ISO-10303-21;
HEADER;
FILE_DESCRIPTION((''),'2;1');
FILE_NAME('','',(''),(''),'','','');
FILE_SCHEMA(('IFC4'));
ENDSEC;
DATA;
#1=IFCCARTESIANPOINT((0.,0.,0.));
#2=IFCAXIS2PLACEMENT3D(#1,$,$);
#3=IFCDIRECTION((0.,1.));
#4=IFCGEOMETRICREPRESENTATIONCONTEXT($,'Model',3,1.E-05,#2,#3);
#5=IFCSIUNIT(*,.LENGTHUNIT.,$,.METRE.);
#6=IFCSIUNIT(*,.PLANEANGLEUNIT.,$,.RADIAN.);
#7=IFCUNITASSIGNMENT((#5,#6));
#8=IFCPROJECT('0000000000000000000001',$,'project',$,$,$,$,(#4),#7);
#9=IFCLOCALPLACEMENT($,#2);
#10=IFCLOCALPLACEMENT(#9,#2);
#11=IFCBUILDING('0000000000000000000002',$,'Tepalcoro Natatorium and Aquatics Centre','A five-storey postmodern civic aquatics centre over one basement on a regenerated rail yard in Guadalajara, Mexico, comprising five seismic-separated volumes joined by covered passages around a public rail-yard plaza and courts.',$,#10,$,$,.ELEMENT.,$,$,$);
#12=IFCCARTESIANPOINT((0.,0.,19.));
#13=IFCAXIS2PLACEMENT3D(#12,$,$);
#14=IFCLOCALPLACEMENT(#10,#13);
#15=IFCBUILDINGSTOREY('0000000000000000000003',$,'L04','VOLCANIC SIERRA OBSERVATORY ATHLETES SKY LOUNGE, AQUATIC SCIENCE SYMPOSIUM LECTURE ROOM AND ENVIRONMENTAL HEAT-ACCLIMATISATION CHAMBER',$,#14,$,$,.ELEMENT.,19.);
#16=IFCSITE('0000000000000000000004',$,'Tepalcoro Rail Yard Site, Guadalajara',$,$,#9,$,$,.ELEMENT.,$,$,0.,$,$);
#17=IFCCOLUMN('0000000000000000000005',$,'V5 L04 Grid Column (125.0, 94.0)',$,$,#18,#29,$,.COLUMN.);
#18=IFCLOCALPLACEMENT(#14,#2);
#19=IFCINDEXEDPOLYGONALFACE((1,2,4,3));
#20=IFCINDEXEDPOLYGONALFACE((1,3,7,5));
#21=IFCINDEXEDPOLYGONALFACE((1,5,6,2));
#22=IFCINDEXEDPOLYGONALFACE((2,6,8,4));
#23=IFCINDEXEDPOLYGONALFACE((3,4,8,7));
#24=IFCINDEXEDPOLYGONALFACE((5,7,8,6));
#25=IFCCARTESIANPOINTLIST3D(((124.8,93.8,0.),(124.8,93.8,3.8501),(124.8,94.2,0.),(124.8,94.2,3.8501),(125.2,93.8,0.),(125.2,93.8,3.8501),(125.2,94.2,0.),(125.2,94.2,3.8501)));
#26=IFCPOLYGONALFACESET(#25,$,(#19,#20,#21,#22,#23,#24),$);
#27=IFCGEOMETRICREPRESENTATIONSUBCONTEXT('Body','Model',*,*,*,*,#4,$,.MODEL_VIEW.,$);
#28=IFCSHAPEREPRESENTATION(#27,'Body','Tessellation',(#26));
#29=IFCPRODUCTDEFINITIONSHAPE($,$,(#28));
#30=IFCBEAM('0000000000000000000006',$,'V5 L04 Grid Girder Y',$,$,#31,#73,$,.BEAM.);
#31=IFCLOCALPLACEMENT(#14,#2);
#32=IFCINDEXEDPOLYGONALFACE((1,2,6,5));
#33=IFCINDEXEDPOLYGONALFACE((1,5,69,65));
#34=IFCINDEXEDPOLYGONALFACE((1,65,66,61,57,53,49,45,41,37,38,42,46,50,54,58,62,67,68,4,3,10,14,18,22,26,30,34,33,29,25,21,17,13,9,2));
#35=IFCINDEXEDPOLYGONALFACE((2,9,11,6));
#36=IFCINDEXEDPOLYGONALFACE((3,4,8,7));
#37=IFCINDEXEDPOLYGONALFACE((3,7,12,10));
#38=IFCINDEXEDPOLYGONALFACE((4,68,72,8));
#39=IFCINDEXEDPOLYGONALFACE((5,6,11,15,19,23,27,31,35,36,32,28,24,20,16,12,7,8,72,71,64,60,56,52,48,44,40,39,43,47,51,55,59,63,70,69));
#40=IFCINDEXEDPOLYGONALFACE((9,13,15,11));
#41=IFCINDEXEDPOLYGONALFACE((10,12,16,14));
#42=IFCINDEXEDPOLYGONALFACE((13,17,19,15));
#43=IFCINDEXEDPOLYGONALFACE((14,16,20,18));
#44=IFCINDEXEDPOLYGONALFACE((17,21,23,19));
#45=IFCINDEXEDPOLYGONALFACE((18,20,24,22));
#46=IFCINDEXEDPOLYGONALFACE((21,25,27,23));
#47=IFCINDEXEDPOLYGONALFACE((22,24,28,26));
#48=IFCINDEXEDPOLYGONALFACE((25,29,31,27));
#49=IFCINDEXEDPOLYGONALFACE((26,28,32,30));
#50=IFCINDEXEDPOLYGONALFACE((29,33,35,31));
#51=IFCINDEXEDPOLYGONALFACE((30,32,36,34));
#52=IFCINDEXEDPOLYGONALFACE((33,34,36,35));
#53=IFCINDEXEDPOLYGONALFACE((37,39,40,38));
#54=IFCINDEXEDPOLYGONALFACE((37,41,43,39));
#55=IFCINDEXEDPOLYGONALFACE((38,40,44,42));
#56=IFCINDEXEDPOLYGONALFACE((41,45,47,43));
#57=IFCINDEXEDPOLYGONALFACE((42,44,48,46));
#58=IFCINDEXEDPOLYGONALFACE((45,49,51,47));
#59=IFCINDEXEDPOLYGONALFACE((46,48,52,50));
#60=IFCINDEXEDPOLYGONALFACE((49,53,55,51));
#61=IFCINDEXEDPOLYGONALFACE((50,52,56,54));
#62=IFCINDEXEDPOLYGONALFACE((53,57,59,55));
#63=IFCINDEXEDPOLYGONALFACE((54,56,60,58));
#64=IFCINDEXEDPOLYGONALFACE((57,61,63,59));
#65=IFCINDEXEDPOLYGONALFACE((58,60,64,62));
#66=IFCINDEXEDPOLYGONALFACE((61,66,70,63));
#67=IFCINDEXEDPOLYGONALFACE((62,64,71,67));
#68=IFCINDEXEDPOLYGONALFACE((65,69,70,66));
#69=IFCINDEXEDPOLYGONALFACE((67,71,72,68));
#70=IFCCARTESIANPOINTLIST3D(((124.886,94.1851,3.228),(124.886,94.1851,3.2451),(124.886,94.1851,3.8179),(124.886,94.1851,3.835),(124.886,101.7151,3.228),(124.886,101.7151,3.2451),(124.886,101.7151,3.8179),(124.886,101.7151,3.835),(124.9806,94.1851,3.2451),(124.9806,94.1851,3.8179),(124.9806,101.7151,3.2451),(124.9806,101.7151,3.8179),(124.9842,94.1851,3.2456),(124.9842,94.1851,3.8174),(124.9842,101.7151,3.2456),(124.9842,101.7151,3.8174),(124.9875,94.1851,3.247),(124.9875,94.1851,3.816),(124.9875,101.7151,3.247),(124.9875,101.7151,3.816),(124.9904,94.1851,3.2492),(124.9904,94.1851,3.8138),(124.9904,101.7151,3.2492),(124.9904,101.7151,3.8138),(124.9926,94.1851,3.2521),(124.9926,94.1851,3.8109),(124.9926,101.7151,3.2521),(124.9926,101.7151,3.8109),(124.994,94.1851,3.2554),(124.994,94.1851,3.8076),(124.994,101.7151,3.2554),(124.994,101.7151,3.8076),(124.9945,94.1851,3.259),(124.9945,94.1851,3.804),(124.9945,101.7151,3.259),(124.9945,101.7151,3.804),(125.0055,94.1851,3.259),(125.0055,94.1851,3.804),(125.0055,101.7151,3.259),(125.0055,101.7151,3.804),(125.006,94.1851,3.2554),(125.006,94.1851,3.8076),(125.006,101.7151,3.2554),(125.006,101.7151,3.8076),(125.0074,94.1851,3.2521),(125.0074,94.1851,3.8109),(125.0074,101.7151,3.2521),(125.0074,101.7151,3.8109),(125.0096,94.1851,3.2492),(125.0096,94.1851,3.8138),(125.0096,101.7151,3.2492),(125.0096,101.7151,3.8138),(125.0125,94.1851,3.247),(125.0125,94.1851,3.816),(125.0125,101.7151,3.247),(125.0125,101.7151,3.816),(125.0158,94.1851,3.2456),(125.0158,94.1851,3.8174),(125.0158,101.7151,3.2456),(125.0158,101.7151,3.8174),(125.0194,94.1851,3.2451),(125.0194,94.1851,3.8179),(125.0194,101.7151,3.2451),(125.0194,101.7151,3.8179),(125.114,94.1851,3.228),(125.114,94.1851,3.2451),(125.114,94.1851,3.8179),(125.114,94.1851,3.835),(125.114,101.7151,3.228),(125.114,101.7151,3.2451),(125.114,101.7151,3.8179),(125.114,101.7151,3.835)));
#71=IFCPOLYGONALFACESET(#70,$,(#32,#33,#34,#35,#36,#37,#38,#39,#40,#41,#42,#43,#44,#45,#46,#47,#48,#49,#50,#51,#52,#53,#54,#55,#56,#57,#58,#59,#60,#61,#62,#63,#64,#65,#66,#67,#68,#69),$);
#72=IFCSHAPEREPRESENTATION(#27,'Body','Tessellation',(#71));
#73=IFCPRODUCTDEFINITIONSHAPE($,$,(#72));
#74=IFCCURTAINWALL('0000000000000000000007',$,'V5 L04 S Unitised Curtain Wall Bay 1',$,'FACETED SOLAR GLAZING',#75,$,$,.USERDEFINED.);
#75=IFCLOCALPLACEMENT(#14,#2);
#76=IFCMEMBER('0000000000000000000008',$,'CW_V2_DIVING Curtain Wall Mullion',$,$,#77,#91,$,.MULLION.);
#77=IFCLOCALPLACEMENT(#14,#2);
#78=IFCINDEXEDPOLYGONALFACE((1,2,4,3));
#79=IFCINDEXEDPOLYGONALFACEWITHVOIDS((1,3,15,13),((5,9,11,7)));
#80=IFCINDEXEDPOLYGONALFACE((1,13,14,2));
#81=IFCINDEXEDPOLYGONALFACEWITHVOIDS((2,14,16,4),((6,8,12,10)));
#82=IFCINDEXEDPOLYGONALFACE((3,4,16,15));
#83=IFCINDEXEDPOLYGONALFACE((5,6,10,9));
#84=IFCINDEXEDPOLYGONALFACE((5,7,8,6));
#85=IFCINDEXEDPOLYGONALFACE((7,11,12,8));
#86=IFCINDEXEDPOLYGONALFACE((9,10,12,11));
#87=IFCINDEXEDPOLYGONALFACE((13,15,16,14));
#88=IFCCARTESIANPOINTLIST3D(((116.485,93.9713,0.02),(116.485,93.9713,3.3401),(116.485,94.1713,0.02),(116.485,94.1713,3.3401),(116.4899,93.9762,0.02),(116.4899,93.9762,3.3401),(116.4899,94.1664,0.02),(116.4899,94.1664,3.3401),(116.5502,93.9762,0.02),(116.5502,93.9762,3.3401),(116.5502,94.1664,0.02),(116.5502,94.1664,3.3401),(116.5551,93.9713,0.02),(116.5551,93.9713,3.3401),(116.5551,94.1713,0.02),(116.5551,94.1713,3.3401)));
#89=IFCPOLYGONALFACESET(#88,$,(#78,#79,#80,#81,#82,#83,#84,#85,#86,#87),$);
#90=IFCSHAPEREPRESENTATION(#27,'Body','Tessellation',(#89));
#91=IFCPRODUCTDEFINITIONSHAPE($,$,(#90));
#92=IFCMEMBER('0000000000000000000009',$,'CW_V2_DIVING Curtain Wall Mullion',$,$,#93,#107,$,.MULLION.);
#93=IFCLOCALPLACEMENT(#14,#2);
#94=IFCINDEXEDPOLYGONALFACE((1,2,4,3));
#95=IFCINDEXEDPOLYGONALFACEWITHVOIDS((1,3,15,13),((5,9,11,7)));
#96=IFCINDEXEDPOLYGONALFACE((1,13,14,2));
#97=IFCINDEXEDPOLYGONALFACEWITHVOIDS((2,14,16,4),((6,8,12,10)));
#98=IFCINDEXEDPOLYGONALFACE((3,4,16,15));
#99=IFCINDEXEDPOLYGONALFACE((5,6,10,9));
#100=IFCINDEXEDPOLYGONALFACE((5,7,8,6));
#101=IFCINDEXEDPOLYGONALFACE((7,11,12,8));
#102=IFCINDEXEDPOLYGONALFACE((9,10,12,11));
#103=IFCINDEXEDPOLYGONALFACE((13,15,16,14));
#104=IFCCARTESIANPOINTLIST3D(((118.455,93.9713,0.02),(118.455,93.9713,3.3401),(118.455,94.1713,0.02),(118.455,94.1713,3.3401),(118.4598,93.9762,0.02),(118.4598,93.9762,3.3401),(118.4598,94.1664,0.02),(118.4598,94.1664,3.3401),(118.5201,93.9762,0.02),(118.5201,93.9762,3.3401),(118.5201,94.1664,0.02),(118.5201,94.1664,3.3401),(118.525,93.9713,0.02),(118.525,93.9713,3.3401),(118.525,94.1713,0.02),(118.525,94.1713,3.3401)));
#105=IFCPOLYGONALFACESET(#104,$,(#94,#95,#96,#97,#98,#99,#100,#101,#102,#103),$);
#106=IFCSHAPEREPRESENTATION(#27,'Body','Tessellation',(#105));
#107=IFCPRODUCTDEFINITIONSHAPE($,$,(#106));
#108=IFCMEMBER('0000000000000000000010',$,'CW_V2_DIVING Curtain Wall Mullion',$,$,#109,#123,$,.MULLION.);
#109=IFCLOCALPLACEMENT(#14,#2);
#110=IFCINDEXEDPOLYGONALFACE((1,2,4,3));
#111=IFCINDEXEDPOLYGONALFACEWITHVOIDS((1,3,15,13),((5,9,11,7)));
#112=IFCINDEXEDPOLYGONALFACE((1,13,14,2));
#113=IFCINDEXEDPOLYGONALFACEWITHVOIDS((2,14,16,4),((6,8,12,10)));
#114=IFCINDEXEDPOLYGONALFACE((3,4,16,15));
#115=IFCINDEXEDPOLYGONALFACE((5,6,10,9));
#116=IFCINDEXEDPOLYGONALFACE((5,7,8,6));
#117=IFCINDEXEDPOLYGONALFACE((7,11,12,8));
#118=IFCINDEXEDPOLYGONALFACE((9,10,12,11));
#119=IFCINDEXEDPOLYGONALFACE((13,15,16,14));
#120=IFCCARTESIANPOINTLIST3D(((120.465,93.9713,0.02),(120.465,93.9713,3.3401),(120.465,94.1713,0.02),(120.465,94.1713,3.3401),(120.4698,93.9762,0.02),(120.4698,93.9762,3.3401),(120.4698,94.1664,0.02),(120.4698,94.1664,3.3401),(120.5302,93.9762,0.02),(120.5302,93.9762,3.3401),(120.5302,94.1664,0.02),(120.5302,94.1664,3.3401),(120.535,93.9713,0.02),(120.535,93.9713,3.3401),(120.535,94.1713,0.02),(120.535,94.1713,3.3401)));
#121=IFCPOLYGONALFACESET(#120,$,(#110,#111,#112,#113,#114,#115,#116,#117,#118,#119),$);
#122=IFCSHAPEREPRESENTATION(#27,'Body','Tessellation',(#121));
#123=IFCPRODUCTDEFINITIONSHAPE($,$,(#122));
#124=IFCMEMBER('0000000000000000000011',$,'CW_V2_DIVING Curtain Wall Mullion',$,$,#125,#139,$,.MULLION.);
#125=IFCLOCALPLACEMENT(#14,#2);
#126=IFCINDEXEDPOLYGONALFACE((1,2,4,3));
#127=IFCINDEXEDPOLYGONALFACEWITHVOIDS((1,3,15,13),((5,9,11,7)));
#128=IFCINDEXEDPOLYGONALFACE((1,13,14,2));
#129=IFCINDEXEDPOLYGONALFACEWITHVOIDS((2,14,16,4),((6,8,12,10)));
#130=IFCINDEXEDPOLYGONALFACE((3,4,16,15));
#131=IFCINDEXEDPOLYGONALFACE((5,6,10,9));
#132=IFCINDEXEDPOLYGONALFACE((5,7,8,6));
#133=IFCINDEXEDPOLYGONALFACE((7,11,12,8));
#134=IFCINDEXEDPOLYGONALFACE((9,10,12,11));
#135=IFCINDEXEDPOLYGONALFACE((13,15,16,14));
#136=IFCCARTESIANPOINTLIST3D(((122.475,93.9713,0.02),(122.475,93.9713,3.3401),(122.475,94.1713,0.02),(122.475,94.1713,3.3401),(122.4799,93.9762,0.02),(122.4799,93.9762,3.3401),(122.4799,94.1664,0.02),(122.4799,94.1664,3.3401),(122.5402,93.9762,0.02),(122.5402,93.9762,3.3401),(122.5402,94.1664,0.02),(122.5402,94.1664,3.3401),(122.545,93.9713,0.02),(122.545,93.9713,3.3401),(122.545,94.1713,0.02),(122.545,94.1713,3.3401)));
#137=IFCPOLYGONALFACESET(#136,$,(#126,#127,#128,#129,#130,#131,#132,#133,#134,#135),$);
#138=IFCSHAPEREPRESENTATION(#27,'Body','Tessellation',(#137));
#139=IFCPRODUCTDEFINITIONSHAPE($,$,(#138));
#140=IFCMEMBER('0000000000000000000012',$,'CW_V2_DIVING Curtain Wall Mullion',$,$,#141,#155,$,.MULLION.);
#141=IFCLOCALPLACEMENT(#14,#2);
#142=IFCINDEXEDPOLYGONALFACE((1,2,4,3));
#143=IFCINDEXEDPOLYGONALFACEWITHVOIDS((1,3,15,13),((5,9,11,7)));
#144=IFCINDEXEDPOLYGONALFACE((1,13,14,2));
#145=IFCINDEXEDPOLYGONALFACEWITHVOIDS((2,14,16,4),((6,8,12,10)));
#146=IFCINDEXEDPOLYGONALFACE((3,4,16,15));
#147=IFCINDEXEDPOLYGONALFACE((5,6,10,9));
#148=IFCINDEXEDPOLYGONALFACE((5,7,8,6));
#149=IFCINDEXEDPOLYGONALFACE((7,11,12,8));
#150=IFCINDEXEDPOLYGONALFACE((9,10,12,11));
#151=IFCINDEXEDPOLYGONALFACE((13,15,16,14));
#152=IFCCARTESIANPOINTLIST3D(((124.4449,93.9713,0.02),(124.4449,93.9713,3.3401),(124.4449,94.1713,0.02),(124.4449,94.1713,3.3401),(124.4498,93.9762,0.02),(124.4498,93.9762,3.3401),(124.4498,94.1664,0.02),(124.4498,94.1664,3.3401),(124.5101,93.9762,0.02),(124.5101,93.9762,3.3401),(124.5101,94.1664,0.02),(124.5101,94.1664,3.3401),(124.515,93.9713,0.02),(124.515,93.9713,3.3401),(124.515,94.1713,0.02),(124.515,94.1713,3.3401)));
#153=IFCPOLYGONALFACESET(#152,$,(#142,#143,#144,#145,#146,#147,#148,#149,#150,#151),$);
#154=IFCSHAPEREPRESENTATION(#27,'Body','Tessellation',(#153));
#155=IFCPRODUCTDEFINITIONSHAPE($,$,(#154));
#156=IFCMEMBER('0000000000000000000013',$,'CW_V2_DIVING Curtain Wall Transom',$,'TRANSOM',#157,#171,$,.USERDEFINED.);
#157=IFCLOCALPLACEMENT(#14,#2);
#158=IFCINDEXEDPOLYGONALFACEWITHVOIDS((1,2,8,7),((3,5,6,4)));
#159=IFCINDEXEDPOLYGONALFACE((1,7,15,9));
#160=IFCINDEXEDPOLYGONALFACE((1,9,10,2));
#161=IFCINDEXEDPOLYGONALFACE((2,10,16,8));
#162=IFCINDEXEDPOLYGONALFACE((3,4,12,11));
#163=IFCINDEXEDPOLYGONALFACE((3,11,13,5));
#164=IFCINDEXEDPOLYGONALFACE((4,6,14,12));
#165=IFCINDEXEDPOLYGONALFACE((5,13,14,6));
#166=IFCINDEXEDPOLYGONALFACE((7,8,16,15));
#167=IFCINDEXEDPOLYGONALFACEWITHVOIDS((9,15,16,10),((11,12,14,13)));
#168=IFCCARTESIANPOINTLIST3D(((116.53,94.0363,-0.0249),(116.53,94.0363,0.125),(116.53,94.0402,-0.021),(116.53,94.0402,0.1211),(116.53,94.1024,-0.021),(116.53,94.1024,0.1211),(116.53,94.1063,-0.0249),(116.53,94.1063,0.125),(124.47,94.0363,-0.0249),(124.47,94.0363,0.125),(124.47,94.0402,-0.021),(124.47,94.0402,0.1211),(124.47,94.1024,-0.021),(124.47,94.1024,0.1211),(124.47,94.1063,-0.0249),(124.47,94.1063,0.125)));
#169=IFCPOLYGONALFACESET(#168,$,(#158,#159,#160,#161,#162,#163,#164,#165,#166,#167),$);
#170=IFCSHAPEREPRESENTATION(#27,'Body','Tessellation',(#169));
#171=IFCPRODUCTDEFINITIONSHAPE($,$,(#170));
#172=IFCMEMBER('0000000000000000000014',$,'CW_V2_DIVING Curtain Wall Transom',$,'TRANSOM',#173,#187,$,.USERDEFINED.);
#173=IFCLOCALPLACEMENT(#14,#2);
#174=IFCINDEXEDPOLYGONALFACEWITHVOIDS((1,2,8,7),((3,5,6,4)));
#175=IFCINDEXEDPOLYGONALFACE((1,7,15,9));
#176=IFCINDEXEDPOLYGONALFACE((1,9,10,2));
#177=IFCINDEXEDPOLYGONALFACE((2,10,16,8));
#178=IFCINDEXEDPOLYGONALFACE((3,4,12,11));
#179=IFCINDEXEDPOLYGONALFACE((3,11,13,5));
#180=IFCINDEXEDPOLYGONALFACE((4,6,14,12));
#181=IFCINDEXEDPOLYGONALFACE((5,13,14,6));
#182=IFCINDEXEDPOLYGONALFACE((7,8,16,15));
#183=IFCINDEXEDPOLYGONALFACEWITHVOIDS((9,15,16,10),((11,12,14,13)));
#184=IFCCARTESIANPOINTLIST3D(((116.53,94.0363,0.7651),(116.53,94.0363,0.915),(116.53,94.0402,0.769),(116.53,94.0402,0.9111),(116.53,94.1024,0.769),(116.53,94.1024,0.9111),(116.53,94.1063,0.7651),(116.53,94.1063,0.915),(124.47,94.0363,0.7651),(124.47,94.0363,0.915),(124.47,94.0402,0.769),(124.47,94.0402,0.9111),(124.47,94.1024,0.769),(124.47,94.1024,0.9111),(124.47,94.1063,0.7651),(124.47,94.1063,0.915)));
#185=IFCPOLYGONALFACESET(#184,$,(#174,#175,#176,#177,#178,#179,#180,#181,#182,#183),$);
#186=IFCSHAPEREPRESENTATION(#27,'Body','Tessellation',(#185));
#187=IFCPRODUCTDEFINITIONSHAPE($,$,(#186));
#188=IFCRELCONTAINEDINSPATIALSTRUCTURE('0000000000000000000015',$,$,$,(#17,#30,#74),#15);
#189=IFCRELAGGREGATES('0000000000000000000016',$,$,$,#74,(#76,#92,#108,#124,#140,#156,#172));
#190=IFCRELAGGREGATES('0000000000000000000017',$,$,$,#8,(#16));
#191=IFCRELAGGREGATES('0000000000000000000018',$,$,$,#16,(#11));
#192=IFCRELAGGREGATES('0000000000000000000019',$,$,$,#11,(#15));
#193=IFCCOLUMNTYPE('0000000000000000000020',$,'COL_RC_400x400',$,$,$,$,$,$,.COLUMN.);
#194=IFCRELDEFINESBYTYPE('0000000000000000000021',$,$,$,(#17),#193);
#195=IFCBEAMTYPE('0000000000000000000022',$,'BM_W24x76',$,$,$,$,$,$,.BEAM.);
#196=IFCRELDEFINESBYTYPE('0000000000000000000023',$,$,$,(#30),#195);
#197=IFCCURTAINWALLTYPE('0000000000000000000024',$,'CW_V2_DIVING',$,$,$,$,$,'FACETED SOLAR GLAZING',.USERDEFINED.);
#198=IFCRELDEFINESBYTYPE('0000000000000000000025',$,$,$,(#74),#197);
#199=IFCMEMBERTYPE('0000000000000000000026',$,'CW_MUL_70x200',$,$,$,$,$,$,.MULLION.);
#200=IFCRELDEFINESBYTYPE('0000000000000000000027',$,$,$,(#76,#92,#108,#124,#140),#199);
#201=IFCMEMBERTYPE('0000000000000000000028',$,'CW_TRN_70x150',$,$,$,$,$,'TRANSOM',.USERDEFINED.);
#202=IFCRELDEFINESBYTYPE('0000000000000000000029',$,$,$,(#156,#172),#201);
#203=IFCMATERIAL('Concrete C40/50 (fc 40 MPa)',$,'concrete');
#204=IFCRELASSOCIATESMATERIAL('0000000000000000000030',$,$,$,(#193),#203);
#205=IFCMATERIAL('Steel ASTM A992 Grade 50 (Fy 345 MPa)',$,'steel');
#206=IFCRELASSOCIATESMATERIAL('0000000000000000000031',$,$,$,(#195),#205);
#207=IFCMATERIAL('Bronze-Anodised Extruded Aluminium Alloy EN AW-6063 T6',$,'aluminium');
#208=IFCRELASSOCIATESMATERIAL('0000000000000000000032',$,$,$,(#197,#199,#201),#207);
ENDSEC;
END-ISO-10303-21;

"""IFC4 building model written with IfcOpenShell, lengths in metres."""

from ifc_helpers import new_model, si_unit, direction, frame, origin, origin_2d, place, context, subcontext, project, spatial, rectangle, hollow_rectangle, i_section, extrude, material, material_profile, profile_set, type_object, element, aggregate, save


model = new_model("IFC4")

# Units and contexts
model_context = context("Model", 3, precision=1e-05, world=origin(), true_north=direction((0.0, 1.0)))
body_context = subcontext(model_context, "Body", "Model", "MODEL_VIEW")
ifc_project = project(units=[si_unit("LENGTHUNIT", "METRE"), si_unit("PLANEANGLEUNIT", "RADIAN")], contexts=[model_context])

# Site, building, storey
site_placement = place(None, origin())
site = spatial("IfcSite", under=ifc_project, at=site_placement, Name="Tepalcoro Rail Yard Site, Guadalajara", CompositionType="ELEMENT", RefElevation=0.0)
building_placement = place(site_placement, origin())
building = spatial("IfcBuilding", under=site, at=building_placement, Name="Tepalcoro Natatorium and Aquatics Centre", Description="A five-storey postmodern civic aquatics centre over one basement on a regenerated rail yard in Guadalajara, Mexico, comprising five seismic-separated volumes joined by covered passages around a public rail-yard plaza and courts.", CompositionType="ELEMENT")
storey_placement = place(building_placement, frame((0.0, 0.0, 19.0)))
storey = spatial("IfcBuildingStorey", under=building, at=storey_placement, Name="L04", Description="VOLCANIC SIERRA OBSERVATORY ATHLETES SKY LOUNGE, AQUATIC SCIENCE SYMPOSIUM LECTURE ROOM AND ENVIRONMENTAL HEAT-ACCLIMATISATION CHAMBER", CompositionType="ELEMENT", Elevation=19.0)

# Column
ifc_material_1 = material(Name="Concrete C40/50 (fc 40 MPa)", Category="concrete")
ifc_material_profile_1 = material_profile(ifc_material_1, rectangle(XDim=0.3999, YDim=0.3999, at=origin_2d()), Name="RC400x400")
ifc_profile_set_1 = profile_set([ifc_material_profile_1], Name="Concrete C40/50 (fc 40 MPa)")
column_type = type_object("IfcColumnType", Name="COL_RC_400x400", PredefinedType="COLUMN", material=ifc_profile_set_1)
column_placement = place(storey_placement, frame((125.0, 94.0, 0.0), z_axis=(0.0, 0.0, 1.0), x_axis=(1.0, 0.0, 0.0)))
element("IfcColumn", 1, at=column_placement, inside=storey, type_object=column_type, Name="V5 L04 Grid Column (125.0, 94.0)", PredefinedType="COLUMN", context=body_context, shape_type="SweptSolid", body=[
    extrude(rectangle(XDim=0.3999, YDim=0.3999, at=origin_2d()), origin(), (0.0, 0.0, 1.0), 3.8501),
])

# Beam
ifc_material_2 = material(Name="Steel ASTM A992 Grade 50 (Fy 345 MPa)", Category="steel")
ifc_material_profile_2 = material_profile(ifc_material_2, i_section(OverallWidth=0.228, OverallDepth=0.6069, WebThickness=0.011, FlangeThickness=0.0171, FilletRadius=0.0139, at=origin_2d()), Name="W24X76")
ifc_profile_set_2 = profile_set([ifc_material_profile_2], Name="Steel ASTM A992 Grade 50 (Fy 345 MPa)")
beam_type_1 = type_object("IfcBeamType", Name="BM_W24x76", PredefinedType="BEAM", material=ifc_profile_set_2)
beam_1_placement = place(storey_placement, frame((125.0, 94.1851, 3.5315), z_axis=(0.0, 1.0, 0.0), x_axis=(-1.0, 0.0, 0.0)))
element("IfcBeam", 2, at=beam_1_placement, inside=storey, type_object=beam_type_1, Name="V5 L04 Grid Girder Y", PredefinedType="BEAM", context=body_context, shape_type="SweptSolid", body=[
    extrude(i_section(OverallWidth=0.228, OverallDepth=0.6069, WebThickness=0.011, FlangeThickness=0.0171, FilletRadius=0.0139, at=origin_2d()), origin(), (0.0, 0.0, 1.0), 7.53),
])

# Curtain wall, members
ifc_material_3 = material(Name="Bronze-Anodised Extruded Aluminium Alloy EN AW-6063 T6", Category="aluminium")
curtain_wall_type = type_object("IfcCurtainWallType", Name="CW_V2_DIVING", ElementType="FACETED SOLAR GLAZING", PredefinedType="USERDEFINED", material=ifc_material_3)
curtain_wall_placement = place(storey_placement, origin())
curtain_wall = element("IfcCurtainWall", 3, at=curtain_wall_placement, inside=storey, type_object=curtain_wall_type, Name="V5 L04 S Unitised Curtain Wall Bay 1", ObjectType="FACETED SOLAR GLAZING", PredefinedType="USERDEFINED")
ifc_material_profile_3 = material_profile(ifc_material_3, hollow_rectangle(XDim=0.0701, YDim=0.2, WallThickness=0.0049, at=origin_2d()), Name="AL70X200X5")
ifc_profile_set_3 = profile_set([ifc_material_profile_3], Name="Bronze-Anodised Extruded Aluminium Alloy EN AW-6063 T6")
member_type_1 = type_object("IfcMemberType", Name="CW_MUL_70x200", PredefinedType="MULLION", material=ifc_profile_set_3)
member_1_placement = place(storey_placement, frame((116.52, 94.0713, 0.02), z_axis=(0.0, 0.0, 1.0), x_axis=(1.0, 0.0, 0.0)))
member_1 = element("IfcMember", 4, at=member_1_placement, type_object=member_type_1, Name="CW_V2_DIVING Curtain Wall Mullion", PredefinedType="MULLION", context=body_context, shape_type="SweptSolid", body=[
    extrude(hollow_rectangle(XDim=0.0701, YDim=0.2, WallThickness=0.0049, at=origin_2d()), origin(), (0.0, 0.0, 1.0), 3.3201),
])
member_2_placement = place(storey_placement, frame((118.49, 94.0713, 0.02), z_axis=(0.0, 0.0, 1.0), x_axis=(1.0, 0.0, 0.0)))
member_2 = element("IfcMember", 5, at=member_2_placement, type_object=member_type_1, Name="CW_V2_DIVING Curtain Wall Mullion", PredefinedType="MULLION", context=body_context, shape_type="SweptSolid", body=[
    extrude(hollow_rectangle(XDim=0.0701, YDim=0.2, WallThickness=0.0049, at=origin_2d()), origin(), (0.0, 0.0, 1.0), 3.3201),
])
member_3_placement = place(storey_placement, frame((120.5, 94.0713, 0.02), z_axis=(0.0, 0.0, 1.0), x_axis=(1.0, 0.0, 0.0)))
member_3 = element("IfcMember", 6, at=member_3_placement, type_object=member_type_1, Name="CW_V2_DIVING Curtain Wall Mullion", PredefinedType="MULLION", context=body_context, shape_type="SweptSolid", body=[
    extrude(hollow_rectangle(XDim=0.0701, YDim=0.2, WallThickness=0.0049, at=origin_2d()), origin(), (0.0, 0.0, 1.0), 3.3201),
])
member_4_placement = place(storey_placement, frame((122.51, 94.0713, 0.02), z_axis=(0.0, 0.0, 1.0), x_axis=(1.0, 0.0, 0.0)))
member_4 = element("IfcMember", 7, at=member_4_placement, type_object=member_type_1, Name="CW_V2_DIVING Curtain Wall Mullion", PredefinedType="MULLION", context=body_context, shape_type="SweptSolid", body=[
    extrude(hollow_rectangle(XDim=0.0701, YDim=0.2, WallThickness=0.0049, at=origin_2d()), origin(), (0.0, 0.0, 1.0), 3.3201),
])
member_5_placement = place(storey_placement, frame((124.48, 94.0713, 0.02), z_axis=(0.0, 0.0, 1.0), x_axis=(1.0, 0.0, 0.0)))
member_5 = element("IfcMember", 8, at=member_5_placement, type_object=member_type_1, Name="CW_V2_DIVING Curtain Wall Mullion", PredefinedType="MULLION", context=body_context, shape_type="SweptSolid", body=[
    extrude(hollow_rectangle(XDim=0.0701, YDim=0.2, WallThickness=0.0049, at=origin_2d()), origin(), (0.0, 0.0, 1.0), 3.3201),
])
ifc_material_profile_4 = material_profile(ifc_material_3, hollow_rectangle(XDim=0.0701, YDim=0.1499, WallThickness=0.0039, at=origin_2d()), Name="AL70X150X4")
ifc_profile_set_4 = profile_set([ifc_material_profile_4], Name="Bronze-Anodised Extruded Aluminium Alloy EN AW-6063 T6")
member_type_2 = type_object("IfcMemberType", Name="CW_TRN_70x150", ElementType="TRANSOM", PredefinedType="USERDEFINED", material=ifc_profile_set_4)
member_6_placement = place(storey_placement, frame((116.53, 94.0713, 0.05), z_axis=(1.0, 0.0, 0.0), x_axis=(0.0, 1.0, 0.0)))
member_6 = element("IfcMember", 9, at=member_6_placement, type_object=member_type_2, Name="CW_V2_DIVING Curtain Wall Transom", ObjectType="TRANSOM", PredefinedType="USERDEFINED", context=body_context, shape_type="SweptSolid", body=[
    extrude(hollow_rectangle(XDim=0.0701, YDim=0.1499, WallThickness=0.0039, at=origin_2d()), origin(), (0.0, 0.0, 1.0), 7.9399),
])
member_7_placement = place(storey_placement, frame((116.53, 94.0713, 0.8401), z_axis=(1.0, 0.0, 0.0), x_axis=(0.0, 1.0, 0.0)))
member_7 = element("IfcMember", 10, at=member_7_placement, type_object=member_type_2, Name="CW_V2_DIVING Curtain Wall Transom", ObjectType="TRANSOM", PredefinedType="USERDEFINED", context=body_context, shape_type="SweptSolid", body=[
    extrude(hollow_rectangle(XDim=0.0701, YDim=0.1499, WallThickness=0.0039, at=origin_2d()), origin(), (0.0, 0.0, 1.0), 7.9399),
])

aggregate(curtain_wall, [member_1, member_2, member_3, member_4, member_5, member_6, member_7])

save(model, "model.ifc")
